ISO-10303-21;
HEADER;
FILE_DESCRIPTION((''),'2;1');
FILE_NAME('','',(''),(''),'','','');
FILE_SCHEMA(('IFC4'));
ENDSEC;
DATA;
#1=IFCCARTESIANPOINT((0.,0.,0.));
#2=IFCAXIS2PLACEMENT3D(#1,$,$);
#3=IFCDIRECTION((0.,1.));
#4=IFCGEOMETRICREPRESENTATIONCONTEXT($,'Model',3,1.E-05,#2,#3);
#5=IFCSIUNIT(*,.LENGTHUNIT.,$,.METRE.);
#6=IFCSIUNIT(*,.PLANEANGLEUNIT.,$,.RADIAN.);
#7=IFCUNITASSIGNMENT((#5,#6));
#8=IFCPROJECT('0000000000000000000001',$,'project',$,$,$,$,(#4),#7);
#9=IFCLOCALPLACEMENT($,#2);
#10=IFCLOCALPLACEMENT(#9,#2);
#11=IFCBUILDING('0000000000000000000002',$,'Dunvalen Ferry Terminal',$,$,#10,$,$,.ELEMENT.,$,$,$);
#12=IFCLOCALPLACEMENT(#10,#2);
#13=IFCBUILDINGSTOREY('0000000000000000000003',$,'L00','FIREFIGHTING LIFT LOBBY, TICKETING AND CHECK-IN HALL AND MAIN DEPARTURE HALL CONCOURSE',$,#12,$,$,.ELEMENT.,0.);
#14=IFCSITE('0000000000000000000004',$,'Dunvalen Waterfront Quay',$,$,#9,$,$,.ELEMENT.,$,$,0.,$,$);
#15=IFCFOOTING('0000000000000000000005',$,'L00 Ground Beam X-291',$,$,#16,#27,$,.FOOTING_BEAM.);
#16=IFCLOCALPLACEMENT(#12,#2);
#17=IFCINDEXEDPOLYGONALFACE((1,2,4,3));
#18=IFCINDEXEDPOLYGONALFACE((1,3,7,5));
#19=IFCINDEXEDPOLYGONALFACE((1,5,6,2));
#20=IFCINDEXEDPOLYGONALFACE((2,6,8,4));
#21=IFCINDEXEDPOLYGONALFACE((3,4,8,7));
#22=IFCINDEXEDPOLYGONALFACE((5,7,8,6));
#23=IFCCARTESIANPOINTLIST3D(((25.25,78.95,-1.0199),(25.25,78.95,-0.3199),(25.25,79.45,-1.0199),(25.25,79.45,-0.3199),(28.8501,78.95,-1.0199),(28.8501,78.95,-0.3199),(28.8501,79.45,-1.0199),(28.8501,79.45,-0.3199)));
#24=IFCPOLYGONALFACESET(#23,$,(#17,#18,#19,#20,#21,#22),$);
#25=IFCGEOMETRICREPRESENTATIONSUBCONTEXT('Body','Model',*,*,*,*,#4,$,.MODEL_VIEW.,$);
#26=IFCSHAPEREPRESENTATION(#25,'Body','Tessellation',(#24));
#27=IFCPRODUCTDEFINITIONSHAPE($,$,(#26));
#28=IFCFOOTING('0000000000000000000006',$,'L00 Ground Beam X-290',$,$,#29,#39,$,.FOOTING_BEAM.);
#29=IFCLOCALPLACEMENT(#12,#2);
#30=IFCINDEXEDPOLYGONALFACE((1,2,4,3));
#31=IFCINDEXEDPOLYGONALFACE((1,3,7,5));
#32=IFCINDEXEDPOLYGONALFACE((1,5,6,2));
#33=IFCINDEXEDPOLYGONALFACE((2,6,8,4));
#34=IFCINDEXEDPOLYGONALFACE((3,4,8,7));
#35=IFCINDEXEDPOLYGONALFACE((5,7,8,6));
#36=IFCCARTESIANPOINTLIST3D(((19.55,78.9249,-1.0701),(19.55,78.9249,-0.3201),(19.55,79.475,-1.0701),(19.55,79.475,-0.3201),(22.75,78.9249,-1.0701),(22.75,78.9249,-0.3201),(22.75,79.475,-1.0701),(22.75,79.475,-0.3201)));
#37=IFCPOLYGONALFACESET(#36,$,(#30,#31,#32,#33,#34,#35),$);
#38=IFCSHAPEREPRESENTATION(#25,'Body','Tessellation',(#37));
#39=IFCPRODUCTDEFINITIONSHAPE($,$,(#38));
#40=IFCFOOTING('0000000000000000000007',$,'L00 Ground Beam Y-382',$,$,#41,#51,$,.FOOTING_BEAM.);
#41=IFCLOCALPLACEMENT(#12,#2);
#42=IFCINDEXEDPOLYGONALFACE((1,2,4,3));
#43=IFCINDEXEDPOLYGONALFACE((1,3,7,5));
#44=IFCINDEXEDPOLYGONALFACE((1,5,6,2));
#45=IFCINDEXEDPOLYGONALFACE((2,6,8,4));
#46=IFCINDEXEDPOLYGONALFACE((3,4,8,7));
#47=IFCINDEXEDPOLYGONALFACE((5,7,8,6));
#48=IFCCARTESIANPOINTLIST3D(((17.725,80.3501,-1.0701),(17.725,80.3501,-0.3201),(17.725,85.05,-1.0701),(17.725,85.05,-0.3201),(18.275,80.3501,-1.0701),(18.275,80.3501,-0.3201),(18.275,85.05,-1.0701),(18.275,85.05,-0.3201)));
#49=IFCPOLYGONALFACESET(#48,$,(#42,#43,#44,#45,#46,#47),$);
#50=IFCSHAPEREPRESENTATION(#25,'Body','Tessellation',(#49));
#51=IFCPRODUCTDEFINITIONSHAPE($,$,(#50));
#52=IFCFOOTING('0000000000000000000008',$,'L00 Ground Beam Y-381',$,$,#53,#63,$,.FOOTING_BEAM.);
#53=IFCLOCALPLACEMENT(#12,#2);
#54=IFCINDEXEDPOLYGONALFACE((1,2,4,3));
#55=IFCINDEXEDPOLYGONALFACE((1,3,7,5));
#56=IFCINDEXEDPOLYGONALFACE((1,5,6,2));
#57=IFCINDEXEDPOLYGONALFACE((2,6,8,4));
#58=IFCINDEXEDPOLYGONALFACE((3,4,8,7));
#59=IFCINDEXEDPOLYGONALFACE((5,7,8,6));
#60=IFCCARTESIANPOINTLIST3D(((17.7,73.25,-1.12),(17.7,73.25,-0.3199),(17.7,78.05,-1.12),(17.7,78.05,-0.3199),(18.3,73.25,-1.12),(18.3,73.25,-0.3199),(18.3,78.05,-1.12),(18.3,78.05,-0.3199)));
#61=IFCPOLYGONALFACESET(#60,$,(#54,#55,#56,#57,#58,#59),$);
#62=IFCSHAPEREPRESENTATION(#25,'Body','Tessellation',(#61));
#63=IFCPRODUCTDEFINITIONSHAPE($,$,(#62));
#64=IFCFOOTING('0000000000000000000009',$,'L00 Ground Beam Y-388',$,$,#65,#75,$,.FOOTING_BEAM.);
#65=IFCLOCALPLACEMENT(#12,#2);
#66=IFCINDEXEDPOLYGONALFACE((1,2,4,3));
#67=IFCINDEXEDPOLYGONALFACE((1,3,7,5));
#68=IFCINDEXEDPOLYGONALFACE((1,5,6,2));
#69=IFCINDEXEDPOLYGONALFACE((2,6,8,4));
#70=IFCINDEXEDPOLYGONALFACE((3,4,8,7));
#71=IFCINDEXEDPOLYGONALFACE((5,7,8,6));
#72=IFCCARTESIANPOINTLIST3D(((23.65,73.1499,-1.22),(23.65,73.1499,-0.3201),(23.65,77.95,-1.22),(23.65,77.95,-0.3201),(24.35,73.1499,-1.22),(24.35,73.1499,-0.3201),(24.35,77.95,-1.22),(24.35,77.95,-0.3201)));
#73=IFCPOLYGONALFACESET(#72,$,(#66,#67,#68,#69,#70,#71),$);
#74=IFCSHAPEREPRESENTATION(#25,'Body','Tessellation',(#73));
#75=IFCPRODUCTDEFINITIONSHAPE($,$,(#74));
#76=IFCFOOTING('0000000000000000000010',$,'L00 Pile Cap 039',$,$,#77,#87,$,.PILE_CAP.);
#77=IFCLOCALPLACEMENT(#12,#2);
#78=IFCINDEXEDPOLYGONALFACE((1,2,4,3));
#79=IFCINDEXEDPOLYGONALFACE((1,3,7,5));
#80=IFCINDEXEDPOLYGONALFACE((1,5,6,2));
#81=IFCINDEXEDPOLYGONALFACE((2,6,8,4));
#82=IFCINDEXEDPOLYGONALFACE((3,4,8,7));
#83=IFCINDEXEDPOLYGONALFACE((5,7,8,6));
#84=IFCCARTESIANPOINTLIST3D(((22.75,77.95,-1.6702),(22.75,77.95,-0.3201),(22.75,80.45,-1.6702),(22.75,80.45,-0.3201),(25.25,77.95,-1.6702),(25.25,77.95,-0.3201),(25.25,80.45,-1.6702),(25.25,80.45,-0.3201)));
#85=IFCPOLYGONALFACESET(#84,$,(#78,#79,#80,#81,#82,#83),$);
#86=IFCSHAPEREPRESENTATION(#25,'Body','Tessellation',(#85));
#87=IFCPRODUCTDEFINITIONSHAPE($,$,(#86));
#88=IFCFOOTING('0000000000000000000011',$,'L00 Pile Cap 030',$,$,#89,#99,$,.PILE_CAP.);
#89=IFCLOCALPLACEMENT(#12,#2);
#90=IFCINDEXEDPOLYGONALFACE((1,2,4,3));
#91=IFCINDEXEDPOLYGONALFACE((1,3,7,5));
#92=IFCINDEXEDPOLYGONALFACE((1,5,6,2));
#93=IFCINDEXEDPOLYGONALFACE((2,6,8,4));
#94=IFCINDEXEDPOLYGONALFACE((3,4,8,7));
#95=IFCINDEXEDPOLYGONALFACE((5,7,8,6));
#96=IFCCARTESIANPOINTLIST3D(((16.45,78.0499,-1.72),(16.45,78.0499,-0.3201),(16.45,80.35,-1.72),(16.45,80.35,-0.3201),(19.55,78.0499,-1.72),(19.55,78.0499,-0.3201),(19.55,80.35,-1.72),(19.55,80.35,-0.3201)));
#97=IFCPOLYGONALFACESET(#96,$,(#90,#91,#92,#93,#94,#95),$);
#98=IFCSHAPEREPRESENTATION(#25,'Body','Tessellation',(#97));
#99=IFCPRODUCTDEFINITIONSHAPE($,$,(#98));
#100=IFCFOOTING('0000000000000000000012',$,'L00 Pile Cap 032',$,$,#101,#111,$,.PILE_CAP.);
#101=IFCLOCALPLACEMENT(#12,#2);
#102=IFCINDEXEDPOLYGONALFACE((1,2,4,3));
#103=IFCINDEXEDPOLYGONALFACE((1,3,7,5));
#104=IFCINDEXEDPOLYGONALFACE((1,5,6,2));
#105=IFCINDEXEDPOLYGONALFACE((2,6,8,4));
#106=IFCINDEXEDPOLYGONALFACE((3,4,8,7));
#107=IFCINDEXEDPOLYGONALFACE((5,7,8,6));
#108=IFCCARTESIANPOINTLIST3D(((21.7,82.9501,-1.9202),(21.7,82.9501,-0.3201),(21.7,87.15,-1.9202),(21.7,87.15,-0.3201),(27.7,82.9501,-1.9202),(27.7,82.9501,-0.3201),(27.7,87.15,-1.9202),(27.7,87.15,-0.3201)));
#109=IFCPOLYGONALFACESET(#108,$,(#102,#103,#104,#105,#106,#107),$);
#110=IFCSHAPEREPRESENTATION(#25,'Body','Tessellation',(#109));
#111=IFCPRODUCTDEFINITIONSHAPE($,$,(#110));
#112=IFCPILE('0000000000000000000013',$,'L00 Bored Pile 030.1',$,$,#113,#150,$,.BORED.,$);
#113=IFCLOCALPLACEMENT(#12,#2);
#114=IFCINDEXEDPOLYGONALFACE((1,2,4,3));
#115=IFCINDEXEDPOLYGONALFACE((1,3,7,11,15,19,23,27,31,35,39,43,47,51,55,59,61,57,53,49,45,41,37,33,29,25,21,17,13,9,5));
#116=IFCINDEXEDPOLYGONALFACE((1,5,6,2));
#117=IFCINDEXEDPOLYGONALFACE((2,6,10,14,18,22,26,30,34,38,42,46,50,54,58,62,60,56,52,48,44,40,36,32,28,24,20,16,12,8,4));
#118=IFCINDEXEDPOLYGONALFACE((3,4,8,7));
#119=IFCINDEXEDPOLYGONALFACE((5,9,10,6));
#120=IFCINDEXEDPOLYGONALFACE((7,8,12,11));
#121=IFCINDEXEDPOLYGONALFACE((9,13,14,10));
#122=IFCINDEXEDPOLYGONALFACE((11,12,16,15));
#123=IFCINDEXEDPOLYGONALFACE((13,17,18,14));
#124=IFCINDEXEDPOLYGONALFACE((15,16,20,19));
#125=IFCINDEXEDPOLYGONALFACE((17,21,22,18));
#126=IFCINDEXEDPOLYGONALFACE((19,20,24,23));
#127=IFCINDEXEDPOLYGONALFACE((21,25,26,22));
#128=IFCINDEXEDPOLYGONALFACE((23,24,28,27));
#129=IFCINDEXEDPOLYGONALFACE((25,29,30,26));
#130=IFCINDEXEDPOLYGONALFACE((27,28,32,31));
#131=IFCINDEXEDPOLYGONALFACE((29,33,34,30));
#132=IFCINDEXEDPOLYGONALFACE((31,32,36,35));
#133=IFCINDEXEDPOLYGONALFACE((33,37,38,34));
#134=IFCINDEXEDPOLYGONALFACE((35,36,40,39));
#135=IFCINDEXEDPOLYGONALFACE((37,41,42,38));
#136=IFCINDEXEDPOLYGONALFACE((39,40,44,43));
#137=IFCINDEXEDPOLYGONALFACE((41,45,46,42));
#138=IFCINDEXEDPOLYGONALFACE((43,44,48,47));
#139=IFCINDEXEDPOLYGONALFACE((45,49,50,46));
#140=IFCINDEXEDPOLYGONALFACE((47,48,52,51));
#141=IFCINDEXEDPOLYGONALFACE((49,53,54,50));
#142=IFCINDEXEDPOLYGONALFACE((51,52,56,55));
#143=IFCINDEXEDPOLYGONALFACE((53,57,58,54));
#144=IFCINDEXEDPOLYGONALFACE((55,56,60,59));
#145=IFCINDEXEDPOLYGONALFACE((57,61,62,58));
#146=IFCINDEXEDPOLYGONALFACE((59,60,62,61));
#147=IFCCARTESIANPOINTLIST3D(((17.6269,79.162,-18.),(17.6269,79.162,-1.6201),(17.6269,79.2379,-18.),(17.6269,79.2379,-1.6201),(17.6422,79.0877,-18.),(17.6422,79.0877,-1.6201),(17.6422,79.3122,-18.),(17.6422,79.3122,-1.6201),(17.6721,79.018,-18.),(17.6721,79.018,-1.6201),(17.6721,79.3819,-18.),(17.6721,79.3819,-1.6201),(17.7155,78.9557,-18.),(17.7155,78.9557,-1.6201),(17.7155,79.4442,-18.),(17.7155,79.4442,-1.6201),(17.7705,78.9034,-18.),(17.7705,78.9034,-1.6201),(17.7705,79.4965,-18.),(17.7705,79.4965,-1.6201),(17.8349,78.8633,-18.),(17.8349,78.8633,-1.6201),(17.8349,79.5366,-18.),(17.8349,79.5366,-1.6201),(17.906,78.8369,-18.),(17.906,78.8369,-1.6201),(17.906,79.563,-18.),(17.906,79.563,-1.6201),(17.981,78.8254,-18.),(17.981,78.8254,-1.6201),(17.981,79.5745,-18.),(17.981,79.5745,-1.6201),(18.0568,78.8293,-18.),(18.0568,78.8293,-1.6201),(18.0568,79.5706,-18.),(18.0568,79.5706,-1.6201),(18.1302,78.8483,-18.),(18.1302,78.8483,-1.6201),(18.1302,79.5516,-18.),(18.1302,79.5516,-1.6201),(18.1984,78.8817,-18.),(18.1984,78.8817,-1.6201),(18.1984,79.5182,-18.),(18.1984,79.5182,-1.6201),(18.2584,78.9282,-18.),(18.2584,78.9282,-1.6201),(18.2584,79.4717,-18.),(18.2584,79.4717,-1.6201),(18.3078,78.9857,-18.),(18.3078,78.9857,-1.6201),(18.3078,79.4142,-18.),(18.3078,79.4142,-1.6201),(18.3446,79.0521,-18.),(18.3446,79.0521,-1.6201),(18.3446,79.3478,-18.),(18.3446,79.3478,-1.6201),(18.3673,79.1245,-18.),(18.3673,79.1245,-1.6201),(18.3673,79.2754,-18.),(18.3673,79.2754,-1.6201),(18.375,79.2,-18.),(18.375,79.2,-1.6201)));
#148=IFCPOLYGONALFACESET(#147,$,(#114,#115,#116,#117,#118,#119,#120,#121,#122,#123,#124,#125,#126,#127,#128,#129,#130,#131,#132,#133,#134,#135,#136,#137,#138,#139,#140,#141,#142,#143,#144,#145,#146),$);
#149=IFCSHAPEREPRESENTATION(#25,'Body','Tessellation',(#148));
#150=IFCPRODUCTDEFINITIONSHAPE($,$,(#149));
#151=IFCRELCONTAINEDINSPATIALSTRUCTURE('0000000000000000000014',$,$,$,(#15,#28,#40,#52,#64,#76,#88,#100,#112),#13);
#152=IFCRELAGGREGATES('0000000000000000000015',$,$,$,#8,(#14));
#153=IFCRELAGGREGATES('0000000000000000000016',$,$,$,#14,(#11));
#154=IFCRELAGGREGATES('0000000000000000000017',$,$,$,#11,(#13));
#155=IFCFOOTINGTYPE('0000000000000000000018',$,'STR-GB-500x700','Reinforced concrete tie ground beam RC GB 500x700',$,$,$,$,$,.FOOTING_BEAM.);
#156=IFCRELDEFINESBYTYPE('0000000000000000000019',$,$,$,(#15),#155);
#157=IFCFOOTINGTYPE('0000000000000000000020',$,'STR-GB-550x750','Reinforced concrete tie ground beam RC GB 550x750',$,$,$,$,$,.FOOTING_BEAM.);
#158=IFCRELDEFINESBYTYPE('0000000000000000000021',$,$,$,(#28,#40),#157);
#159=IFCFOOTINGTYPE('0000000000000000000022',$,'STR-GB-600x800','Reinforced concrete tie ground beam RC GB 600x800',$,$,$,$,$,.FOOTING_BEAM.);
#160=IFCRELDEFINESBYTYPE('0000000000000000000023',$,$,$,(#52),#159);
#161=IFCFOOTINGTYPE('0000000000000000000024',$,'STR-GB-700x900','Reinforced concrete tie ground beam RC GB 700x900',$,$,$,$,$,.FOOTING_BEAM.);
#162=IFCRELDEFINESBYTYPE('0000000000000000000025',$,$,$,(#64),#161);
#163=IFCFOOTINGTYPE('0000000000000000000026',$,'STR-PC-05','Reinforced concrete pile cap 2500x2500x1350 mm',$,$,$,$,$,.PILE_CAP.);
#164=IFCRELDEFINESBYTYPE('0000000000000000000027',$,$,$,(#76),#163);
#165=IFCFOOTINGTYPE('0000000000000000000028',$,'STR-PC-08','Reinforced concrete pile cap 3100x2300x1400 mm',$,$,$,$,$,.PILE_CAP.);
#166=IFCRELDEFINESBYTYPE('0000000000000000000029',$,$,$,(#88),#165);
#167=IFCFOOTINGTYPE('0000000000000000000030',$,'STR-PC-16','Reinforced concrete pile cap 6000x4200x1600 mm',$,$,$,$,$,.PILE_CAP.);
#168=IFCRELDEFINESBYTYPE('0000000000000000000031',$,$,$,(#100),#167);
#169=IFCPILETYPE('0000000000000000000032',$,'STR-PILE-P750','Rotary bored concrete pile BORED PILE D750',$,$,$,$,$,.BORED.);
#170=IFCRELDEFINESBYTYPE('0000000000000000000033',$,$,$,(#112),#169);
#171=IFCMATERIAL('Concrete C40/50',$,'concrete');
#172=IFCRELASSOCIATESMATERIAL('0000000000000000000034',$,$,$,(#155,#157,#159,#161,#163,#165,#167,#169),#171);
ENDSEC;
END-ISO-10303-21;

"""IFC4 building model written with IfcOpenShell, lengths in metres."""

from ifc_helpers import new_model, si_unit, direction, frame, origin, origin_2d, place, context, subcontext, project, spatial, rectangle, circle, extrude, material, material_profile, profile_set, type_object, element, save


model = new_model("IFC4")

# Units and contexts
model_context = context("Model", 3, precision=1e-05, world=origin(), true_north=direction((0.0, 1.0)))
body_context = subcontext(model_context, "Body", "Model", "MODEL_VIEW")
ifc_project = project(units=[si_unit("LENGTHUNIT", "METRE"), si_unit("PLANEANGLEUNIT", "RADIAN")], contexts=[model_context])

# Site, building, storey
site_placement = place(None, origin())
site = spatial("IfcSite", under=ifc_project, at=site_placement, Name="Dunvalen Waterfront Quay", CompositionType="ELEMENT", RefElevation=0.0)
building_placement = place(site_placement, origin())
building = spatial("IfcBuilding", under=site, at=building_placement, Name="Dunvalen Ferry Terminal", CompositionType="ELEMENT")
storey_placement = place(building_placement, origin())
storey = spatial("IfcBuildingStorey", under=building, at=storey_placement, Name="L00", Description="FIREFIGHTING LIFT LOBBY, TICKETING AND CHECK-IN HALL AND MAIN DEPARTURE HALL CONCOURSE", CompositionType="ELEMENT", Elevation=0.0)

# Footings
ifc_material_1 = material(Name="Concrete C40/50", Category="concrete")
ifc_material_profile_1 = material_profile(ifc_material_1, rectangle(XDim=0.5, YDim=0.7, at=origin_2d()), Name="Concrete C40/50")
ifc_profile_set_1 = profile_set([ifc_material_profile_1], Name="Concrete C40/50")
footing_type_1 = type_object("IfcFootingType", Name="STR-GB-500x700", Description="Reinforced concrete tie ground beam RC GB 500x700", PredefinedType="FOOTING_BEAM", material=ifc_profile_set_1)
footing_1_placement = place(storey_placement, frame((25.25, 79.2, -0.6699), z_axis=(1.0, 0.0, 0.0), x_axis=(0.0, 1.0, 0.0)))
element("IfcFooting", 1, at=footing_1_placement, inside=storey, type_object=footing_type_1, Name="L00 Ground Beam X-291", PredefinedType="FOOTING_BEAM", context=body_context, shape_type="SweptSolid", body=[
    extrude(rectangle(XDim=0.5, YDim=0.7, at=origin_2d()), origin(), (0.0, 0.0, 1.0), 3.6001),
])
ifc_material_profile_2 = material_profile(ifc_material_1, rectangle(XDim=0.55, YDim=0.75, at=origin_2d()), Name="Concrete C40/50")
ifc_profile_set_2 = profile_set([ifc_material_profile_2], Name="Concrete C40/50")
footing_type_2 = type_object("IfcFootingType", Name="STR-GB-550x750", Description="Reinforced concrete tie ground beam RC GB 550x750", PredefinedType="FOOTING_BEAM", material=ifc_profile_set_2)
footing_2_placement = place(storey_placement, frame((19.55, 79.2, -0.6951), z_axis=(1.0, 0.0, 0.0), x_axis=(0.0, 1.0, 0.0)))
element("IfcFooting", 2, at=footing_2_placement, inside=storey, type_object=footing_type_2, Name="L00 Ground Beam X-290", PredefinedType="FOOTING_BEAM", context=body_context, shape_type="SweptSolid", body=[
    extrude(rectangle(XDim=0.55, YDim=0.75, at=origin_2d()), origin(), (0.0, 0.0, 1.0), 3.2),
])
footing_3_placement = place(storey_placement, frame((18.0, 80.3501, -0.6951), z_axis=(0.0, 1.0, 0.0), x_axis=(-1.0, 0.0, 0.0)))
element("IfcFooting", 3, at=footing_3_placement, inside=storey, type_object=footing_type_2, Name="L00 Ground Beam Y-382", PredefinedType="FOOTING_BEAM", context=body_context, shape_type="SweptSolid", body=[
    extrude(rectangle(XDim=0.55, YDim=0.75, at=origin_2d()), origin(), (0.0, 0.0, 1.0), 4.7),
])
ifc_material_profile_3 = material_profile(ifc_material_1, rectangle(XDim=0.6001, YDim=0.8, at=origin_2d()), Name="Concrete C40/50")
ifc_profile_set_3 = profile_set([ifc_material_profile_3], Name="Concrete C40/50")
footing_type_3 = type_object("IfcFootingType", Name="STR-GB-600x800", Description="Reinforced concrete tie ground beam RC GB 600x800", PredefinedType="FOOTING_BEAM", material=ifc_profile_set_3)
footing_4_placement = place(storey_placement, frame((18.0, 73.25, -0.72), z_axis=(0.0, 1.0, 0.0), x_axis=(-1.0, 0.0, 0.0)))
element("IfcFooting", 4, at=footing_4_placement, inside=storey, type_object=footing_type_3, Name="L00 Ground Beam Y-381", PredefinedType="FOOTING_BEAM", context=body_context, shape_type="SweptSolid", body=[
    extrude(rectangle(XDim=0.6001, YDim=0.8, at=origin_2d()), origin(), (0.0, 0.0, 1.0), 4.8),
])
ifc_material_profile_4 = material_profile(ifc_material_1, rectangle(XDim=0.7, YDim=0.8999, at=origin_2d()), Name="Concrete C40/50")
ifc_profile_set_4 = profile_set([ifc_material_profile_4], Name="Concrete C40/50")
footing_type_4 = type_object("IfcFootingType", Name="STR-GB-700x900", Description="Reinforced concrete tie ground beam RC GB 700x900", PredefinedType="FOOTING_BEAM", material=ifc_profile_set_4)
footing_5_placement = place(storey_placement, frame((24.0, 73.1499, -0.77), z_axis=(0.0, 1.0, 0.0), x_axis=(-1.0, 0.0, 0.0)))
element("IfcFooting", 5, at=footing_5_placement, inside=storey, type_object=footing_type_4, Name="L00 Ground Beam Y-388", PredefinedType="FOOTING_BEAM", context=body_context, shape_type="SweptSolid", body=[
    extrude(rectangle(XDim=0.7, YDim=0.8999, at=origin_2d()), origin(), (0.0, 0.0, 1.0), 4.8),
])
footing_type_5 = type_object("IfcFootingType", Name="STR-PC-05", Description="Reinforced concrete pile cap 2500x2500x1350 mm", PredefinedType="PILE_CAP", material=ifc_material_1)
footing_6_placement = place(storey_placement, frame((24.0, 79.2, -1.6702), z_axis=(0.0, 0.0, 1.0), x_axis=(1.0, 0.0, 0.0)))
element("IfcFooting", 6, at=footing_6_placement, inside=storey, type_object=footing_type_5, Name="L00 Pile Cap 039", PredefinedType="PILE_CAP", context=body_context, shape_type="SweptSolid", body=[
    extrude(rectangle(XDim=2.5, YDim=2.5, at=origin_2d()), origin(), (0.0, 0.0, 1.0), 1.3501),
])
footing_type_6 = type_object("IfcFootingType", Name="STR-PC-08", Description="Reinforced concrete pile cap 3100x2300x1400 mm", PredefinedType="PILE_CAP", material=ifc_material_1)
footing_7_placement = place(storey_placement, frame((18.0, 79.2, -1.72), z_axis=(0.0, 0.0, 1.0), x_axis=(1.0, 0.0, 0.0)))
element("IfcFooting", 7, at=footing_7_placement, inside=storey, type_object=footing_type_6, Name="L00 Pile Cap 030", PredefinedType="PILE_CAP", context=body_context, shape_type="SweptSolid", body=[
    extrude(rectangle(XDim=3.1001, YDim=2.3, at=origin_2d()), origin(), (0.0, 0.0, 1.0), 1.3999),
])
footing_type_7 = type_object("IfcFootingType", Name="STR-PC-16", Description="Reinforced concrete pile cap 6000x4200x1600 mm", PredefinedType="PILE_CAP", material=ifc_material_1)
footing_8_placement = place(storey_placement, frame((24.7, 85.05, -1.9202), z_axis=(0.0, 0.0, 1.0), x_axis=(1.0, 0.0, 0.0)))
element("IfcFooting", 8, at=footing_8_placement, inside=storey, type_object=footing_type_7, Name="L00 Pile Cap 032", PredefinedType="PILE_CAP", context=body_context, shape_type="SweptSolid", body=[
    extrude(rectangle(XDim=6.0, YDim=4.2, at=origin_2d()), origin(), (0.0, 0.0, 1.0), 1.6001),
])

# Pile
ifc_material_profile_5 = material_profile(ifc_material_1, circle(Radius=0.375, at=origin_2d()), Name="Concrete C40/50")
ifc_profile_set_5 = profile_set([ifc_material_profile_5], Name="Concrete C40/50")
pile_type_1 = type_object("IfcPileType", Name="STR-PILE-P750", Description="Rotary bored concrete pile BORED PILE D750", PredefinedType="BORED", material=ifc_profile_set_5)
pile_1_placement = place(storey_placement, frame((18.0, 79.2, -1.6201), z_axis=(0.0, 0.0, -1.0), x_axis=(1.0, 0.0, 0.0)))
element("IfcPile", 9, at=pile_1_placement, inside=storey, type_object=pile_type_1, Name="L00 Bored Pile 030.1", PredefinedType="BORED", context=body_context, shape_type="SweptSolid", body=[
    extrude(circle(Radius=0.375, at=origin_2d()), origin(), (0.0, 0.0, 1.0), 16.3799),
])

save(model, "model.ifc")
